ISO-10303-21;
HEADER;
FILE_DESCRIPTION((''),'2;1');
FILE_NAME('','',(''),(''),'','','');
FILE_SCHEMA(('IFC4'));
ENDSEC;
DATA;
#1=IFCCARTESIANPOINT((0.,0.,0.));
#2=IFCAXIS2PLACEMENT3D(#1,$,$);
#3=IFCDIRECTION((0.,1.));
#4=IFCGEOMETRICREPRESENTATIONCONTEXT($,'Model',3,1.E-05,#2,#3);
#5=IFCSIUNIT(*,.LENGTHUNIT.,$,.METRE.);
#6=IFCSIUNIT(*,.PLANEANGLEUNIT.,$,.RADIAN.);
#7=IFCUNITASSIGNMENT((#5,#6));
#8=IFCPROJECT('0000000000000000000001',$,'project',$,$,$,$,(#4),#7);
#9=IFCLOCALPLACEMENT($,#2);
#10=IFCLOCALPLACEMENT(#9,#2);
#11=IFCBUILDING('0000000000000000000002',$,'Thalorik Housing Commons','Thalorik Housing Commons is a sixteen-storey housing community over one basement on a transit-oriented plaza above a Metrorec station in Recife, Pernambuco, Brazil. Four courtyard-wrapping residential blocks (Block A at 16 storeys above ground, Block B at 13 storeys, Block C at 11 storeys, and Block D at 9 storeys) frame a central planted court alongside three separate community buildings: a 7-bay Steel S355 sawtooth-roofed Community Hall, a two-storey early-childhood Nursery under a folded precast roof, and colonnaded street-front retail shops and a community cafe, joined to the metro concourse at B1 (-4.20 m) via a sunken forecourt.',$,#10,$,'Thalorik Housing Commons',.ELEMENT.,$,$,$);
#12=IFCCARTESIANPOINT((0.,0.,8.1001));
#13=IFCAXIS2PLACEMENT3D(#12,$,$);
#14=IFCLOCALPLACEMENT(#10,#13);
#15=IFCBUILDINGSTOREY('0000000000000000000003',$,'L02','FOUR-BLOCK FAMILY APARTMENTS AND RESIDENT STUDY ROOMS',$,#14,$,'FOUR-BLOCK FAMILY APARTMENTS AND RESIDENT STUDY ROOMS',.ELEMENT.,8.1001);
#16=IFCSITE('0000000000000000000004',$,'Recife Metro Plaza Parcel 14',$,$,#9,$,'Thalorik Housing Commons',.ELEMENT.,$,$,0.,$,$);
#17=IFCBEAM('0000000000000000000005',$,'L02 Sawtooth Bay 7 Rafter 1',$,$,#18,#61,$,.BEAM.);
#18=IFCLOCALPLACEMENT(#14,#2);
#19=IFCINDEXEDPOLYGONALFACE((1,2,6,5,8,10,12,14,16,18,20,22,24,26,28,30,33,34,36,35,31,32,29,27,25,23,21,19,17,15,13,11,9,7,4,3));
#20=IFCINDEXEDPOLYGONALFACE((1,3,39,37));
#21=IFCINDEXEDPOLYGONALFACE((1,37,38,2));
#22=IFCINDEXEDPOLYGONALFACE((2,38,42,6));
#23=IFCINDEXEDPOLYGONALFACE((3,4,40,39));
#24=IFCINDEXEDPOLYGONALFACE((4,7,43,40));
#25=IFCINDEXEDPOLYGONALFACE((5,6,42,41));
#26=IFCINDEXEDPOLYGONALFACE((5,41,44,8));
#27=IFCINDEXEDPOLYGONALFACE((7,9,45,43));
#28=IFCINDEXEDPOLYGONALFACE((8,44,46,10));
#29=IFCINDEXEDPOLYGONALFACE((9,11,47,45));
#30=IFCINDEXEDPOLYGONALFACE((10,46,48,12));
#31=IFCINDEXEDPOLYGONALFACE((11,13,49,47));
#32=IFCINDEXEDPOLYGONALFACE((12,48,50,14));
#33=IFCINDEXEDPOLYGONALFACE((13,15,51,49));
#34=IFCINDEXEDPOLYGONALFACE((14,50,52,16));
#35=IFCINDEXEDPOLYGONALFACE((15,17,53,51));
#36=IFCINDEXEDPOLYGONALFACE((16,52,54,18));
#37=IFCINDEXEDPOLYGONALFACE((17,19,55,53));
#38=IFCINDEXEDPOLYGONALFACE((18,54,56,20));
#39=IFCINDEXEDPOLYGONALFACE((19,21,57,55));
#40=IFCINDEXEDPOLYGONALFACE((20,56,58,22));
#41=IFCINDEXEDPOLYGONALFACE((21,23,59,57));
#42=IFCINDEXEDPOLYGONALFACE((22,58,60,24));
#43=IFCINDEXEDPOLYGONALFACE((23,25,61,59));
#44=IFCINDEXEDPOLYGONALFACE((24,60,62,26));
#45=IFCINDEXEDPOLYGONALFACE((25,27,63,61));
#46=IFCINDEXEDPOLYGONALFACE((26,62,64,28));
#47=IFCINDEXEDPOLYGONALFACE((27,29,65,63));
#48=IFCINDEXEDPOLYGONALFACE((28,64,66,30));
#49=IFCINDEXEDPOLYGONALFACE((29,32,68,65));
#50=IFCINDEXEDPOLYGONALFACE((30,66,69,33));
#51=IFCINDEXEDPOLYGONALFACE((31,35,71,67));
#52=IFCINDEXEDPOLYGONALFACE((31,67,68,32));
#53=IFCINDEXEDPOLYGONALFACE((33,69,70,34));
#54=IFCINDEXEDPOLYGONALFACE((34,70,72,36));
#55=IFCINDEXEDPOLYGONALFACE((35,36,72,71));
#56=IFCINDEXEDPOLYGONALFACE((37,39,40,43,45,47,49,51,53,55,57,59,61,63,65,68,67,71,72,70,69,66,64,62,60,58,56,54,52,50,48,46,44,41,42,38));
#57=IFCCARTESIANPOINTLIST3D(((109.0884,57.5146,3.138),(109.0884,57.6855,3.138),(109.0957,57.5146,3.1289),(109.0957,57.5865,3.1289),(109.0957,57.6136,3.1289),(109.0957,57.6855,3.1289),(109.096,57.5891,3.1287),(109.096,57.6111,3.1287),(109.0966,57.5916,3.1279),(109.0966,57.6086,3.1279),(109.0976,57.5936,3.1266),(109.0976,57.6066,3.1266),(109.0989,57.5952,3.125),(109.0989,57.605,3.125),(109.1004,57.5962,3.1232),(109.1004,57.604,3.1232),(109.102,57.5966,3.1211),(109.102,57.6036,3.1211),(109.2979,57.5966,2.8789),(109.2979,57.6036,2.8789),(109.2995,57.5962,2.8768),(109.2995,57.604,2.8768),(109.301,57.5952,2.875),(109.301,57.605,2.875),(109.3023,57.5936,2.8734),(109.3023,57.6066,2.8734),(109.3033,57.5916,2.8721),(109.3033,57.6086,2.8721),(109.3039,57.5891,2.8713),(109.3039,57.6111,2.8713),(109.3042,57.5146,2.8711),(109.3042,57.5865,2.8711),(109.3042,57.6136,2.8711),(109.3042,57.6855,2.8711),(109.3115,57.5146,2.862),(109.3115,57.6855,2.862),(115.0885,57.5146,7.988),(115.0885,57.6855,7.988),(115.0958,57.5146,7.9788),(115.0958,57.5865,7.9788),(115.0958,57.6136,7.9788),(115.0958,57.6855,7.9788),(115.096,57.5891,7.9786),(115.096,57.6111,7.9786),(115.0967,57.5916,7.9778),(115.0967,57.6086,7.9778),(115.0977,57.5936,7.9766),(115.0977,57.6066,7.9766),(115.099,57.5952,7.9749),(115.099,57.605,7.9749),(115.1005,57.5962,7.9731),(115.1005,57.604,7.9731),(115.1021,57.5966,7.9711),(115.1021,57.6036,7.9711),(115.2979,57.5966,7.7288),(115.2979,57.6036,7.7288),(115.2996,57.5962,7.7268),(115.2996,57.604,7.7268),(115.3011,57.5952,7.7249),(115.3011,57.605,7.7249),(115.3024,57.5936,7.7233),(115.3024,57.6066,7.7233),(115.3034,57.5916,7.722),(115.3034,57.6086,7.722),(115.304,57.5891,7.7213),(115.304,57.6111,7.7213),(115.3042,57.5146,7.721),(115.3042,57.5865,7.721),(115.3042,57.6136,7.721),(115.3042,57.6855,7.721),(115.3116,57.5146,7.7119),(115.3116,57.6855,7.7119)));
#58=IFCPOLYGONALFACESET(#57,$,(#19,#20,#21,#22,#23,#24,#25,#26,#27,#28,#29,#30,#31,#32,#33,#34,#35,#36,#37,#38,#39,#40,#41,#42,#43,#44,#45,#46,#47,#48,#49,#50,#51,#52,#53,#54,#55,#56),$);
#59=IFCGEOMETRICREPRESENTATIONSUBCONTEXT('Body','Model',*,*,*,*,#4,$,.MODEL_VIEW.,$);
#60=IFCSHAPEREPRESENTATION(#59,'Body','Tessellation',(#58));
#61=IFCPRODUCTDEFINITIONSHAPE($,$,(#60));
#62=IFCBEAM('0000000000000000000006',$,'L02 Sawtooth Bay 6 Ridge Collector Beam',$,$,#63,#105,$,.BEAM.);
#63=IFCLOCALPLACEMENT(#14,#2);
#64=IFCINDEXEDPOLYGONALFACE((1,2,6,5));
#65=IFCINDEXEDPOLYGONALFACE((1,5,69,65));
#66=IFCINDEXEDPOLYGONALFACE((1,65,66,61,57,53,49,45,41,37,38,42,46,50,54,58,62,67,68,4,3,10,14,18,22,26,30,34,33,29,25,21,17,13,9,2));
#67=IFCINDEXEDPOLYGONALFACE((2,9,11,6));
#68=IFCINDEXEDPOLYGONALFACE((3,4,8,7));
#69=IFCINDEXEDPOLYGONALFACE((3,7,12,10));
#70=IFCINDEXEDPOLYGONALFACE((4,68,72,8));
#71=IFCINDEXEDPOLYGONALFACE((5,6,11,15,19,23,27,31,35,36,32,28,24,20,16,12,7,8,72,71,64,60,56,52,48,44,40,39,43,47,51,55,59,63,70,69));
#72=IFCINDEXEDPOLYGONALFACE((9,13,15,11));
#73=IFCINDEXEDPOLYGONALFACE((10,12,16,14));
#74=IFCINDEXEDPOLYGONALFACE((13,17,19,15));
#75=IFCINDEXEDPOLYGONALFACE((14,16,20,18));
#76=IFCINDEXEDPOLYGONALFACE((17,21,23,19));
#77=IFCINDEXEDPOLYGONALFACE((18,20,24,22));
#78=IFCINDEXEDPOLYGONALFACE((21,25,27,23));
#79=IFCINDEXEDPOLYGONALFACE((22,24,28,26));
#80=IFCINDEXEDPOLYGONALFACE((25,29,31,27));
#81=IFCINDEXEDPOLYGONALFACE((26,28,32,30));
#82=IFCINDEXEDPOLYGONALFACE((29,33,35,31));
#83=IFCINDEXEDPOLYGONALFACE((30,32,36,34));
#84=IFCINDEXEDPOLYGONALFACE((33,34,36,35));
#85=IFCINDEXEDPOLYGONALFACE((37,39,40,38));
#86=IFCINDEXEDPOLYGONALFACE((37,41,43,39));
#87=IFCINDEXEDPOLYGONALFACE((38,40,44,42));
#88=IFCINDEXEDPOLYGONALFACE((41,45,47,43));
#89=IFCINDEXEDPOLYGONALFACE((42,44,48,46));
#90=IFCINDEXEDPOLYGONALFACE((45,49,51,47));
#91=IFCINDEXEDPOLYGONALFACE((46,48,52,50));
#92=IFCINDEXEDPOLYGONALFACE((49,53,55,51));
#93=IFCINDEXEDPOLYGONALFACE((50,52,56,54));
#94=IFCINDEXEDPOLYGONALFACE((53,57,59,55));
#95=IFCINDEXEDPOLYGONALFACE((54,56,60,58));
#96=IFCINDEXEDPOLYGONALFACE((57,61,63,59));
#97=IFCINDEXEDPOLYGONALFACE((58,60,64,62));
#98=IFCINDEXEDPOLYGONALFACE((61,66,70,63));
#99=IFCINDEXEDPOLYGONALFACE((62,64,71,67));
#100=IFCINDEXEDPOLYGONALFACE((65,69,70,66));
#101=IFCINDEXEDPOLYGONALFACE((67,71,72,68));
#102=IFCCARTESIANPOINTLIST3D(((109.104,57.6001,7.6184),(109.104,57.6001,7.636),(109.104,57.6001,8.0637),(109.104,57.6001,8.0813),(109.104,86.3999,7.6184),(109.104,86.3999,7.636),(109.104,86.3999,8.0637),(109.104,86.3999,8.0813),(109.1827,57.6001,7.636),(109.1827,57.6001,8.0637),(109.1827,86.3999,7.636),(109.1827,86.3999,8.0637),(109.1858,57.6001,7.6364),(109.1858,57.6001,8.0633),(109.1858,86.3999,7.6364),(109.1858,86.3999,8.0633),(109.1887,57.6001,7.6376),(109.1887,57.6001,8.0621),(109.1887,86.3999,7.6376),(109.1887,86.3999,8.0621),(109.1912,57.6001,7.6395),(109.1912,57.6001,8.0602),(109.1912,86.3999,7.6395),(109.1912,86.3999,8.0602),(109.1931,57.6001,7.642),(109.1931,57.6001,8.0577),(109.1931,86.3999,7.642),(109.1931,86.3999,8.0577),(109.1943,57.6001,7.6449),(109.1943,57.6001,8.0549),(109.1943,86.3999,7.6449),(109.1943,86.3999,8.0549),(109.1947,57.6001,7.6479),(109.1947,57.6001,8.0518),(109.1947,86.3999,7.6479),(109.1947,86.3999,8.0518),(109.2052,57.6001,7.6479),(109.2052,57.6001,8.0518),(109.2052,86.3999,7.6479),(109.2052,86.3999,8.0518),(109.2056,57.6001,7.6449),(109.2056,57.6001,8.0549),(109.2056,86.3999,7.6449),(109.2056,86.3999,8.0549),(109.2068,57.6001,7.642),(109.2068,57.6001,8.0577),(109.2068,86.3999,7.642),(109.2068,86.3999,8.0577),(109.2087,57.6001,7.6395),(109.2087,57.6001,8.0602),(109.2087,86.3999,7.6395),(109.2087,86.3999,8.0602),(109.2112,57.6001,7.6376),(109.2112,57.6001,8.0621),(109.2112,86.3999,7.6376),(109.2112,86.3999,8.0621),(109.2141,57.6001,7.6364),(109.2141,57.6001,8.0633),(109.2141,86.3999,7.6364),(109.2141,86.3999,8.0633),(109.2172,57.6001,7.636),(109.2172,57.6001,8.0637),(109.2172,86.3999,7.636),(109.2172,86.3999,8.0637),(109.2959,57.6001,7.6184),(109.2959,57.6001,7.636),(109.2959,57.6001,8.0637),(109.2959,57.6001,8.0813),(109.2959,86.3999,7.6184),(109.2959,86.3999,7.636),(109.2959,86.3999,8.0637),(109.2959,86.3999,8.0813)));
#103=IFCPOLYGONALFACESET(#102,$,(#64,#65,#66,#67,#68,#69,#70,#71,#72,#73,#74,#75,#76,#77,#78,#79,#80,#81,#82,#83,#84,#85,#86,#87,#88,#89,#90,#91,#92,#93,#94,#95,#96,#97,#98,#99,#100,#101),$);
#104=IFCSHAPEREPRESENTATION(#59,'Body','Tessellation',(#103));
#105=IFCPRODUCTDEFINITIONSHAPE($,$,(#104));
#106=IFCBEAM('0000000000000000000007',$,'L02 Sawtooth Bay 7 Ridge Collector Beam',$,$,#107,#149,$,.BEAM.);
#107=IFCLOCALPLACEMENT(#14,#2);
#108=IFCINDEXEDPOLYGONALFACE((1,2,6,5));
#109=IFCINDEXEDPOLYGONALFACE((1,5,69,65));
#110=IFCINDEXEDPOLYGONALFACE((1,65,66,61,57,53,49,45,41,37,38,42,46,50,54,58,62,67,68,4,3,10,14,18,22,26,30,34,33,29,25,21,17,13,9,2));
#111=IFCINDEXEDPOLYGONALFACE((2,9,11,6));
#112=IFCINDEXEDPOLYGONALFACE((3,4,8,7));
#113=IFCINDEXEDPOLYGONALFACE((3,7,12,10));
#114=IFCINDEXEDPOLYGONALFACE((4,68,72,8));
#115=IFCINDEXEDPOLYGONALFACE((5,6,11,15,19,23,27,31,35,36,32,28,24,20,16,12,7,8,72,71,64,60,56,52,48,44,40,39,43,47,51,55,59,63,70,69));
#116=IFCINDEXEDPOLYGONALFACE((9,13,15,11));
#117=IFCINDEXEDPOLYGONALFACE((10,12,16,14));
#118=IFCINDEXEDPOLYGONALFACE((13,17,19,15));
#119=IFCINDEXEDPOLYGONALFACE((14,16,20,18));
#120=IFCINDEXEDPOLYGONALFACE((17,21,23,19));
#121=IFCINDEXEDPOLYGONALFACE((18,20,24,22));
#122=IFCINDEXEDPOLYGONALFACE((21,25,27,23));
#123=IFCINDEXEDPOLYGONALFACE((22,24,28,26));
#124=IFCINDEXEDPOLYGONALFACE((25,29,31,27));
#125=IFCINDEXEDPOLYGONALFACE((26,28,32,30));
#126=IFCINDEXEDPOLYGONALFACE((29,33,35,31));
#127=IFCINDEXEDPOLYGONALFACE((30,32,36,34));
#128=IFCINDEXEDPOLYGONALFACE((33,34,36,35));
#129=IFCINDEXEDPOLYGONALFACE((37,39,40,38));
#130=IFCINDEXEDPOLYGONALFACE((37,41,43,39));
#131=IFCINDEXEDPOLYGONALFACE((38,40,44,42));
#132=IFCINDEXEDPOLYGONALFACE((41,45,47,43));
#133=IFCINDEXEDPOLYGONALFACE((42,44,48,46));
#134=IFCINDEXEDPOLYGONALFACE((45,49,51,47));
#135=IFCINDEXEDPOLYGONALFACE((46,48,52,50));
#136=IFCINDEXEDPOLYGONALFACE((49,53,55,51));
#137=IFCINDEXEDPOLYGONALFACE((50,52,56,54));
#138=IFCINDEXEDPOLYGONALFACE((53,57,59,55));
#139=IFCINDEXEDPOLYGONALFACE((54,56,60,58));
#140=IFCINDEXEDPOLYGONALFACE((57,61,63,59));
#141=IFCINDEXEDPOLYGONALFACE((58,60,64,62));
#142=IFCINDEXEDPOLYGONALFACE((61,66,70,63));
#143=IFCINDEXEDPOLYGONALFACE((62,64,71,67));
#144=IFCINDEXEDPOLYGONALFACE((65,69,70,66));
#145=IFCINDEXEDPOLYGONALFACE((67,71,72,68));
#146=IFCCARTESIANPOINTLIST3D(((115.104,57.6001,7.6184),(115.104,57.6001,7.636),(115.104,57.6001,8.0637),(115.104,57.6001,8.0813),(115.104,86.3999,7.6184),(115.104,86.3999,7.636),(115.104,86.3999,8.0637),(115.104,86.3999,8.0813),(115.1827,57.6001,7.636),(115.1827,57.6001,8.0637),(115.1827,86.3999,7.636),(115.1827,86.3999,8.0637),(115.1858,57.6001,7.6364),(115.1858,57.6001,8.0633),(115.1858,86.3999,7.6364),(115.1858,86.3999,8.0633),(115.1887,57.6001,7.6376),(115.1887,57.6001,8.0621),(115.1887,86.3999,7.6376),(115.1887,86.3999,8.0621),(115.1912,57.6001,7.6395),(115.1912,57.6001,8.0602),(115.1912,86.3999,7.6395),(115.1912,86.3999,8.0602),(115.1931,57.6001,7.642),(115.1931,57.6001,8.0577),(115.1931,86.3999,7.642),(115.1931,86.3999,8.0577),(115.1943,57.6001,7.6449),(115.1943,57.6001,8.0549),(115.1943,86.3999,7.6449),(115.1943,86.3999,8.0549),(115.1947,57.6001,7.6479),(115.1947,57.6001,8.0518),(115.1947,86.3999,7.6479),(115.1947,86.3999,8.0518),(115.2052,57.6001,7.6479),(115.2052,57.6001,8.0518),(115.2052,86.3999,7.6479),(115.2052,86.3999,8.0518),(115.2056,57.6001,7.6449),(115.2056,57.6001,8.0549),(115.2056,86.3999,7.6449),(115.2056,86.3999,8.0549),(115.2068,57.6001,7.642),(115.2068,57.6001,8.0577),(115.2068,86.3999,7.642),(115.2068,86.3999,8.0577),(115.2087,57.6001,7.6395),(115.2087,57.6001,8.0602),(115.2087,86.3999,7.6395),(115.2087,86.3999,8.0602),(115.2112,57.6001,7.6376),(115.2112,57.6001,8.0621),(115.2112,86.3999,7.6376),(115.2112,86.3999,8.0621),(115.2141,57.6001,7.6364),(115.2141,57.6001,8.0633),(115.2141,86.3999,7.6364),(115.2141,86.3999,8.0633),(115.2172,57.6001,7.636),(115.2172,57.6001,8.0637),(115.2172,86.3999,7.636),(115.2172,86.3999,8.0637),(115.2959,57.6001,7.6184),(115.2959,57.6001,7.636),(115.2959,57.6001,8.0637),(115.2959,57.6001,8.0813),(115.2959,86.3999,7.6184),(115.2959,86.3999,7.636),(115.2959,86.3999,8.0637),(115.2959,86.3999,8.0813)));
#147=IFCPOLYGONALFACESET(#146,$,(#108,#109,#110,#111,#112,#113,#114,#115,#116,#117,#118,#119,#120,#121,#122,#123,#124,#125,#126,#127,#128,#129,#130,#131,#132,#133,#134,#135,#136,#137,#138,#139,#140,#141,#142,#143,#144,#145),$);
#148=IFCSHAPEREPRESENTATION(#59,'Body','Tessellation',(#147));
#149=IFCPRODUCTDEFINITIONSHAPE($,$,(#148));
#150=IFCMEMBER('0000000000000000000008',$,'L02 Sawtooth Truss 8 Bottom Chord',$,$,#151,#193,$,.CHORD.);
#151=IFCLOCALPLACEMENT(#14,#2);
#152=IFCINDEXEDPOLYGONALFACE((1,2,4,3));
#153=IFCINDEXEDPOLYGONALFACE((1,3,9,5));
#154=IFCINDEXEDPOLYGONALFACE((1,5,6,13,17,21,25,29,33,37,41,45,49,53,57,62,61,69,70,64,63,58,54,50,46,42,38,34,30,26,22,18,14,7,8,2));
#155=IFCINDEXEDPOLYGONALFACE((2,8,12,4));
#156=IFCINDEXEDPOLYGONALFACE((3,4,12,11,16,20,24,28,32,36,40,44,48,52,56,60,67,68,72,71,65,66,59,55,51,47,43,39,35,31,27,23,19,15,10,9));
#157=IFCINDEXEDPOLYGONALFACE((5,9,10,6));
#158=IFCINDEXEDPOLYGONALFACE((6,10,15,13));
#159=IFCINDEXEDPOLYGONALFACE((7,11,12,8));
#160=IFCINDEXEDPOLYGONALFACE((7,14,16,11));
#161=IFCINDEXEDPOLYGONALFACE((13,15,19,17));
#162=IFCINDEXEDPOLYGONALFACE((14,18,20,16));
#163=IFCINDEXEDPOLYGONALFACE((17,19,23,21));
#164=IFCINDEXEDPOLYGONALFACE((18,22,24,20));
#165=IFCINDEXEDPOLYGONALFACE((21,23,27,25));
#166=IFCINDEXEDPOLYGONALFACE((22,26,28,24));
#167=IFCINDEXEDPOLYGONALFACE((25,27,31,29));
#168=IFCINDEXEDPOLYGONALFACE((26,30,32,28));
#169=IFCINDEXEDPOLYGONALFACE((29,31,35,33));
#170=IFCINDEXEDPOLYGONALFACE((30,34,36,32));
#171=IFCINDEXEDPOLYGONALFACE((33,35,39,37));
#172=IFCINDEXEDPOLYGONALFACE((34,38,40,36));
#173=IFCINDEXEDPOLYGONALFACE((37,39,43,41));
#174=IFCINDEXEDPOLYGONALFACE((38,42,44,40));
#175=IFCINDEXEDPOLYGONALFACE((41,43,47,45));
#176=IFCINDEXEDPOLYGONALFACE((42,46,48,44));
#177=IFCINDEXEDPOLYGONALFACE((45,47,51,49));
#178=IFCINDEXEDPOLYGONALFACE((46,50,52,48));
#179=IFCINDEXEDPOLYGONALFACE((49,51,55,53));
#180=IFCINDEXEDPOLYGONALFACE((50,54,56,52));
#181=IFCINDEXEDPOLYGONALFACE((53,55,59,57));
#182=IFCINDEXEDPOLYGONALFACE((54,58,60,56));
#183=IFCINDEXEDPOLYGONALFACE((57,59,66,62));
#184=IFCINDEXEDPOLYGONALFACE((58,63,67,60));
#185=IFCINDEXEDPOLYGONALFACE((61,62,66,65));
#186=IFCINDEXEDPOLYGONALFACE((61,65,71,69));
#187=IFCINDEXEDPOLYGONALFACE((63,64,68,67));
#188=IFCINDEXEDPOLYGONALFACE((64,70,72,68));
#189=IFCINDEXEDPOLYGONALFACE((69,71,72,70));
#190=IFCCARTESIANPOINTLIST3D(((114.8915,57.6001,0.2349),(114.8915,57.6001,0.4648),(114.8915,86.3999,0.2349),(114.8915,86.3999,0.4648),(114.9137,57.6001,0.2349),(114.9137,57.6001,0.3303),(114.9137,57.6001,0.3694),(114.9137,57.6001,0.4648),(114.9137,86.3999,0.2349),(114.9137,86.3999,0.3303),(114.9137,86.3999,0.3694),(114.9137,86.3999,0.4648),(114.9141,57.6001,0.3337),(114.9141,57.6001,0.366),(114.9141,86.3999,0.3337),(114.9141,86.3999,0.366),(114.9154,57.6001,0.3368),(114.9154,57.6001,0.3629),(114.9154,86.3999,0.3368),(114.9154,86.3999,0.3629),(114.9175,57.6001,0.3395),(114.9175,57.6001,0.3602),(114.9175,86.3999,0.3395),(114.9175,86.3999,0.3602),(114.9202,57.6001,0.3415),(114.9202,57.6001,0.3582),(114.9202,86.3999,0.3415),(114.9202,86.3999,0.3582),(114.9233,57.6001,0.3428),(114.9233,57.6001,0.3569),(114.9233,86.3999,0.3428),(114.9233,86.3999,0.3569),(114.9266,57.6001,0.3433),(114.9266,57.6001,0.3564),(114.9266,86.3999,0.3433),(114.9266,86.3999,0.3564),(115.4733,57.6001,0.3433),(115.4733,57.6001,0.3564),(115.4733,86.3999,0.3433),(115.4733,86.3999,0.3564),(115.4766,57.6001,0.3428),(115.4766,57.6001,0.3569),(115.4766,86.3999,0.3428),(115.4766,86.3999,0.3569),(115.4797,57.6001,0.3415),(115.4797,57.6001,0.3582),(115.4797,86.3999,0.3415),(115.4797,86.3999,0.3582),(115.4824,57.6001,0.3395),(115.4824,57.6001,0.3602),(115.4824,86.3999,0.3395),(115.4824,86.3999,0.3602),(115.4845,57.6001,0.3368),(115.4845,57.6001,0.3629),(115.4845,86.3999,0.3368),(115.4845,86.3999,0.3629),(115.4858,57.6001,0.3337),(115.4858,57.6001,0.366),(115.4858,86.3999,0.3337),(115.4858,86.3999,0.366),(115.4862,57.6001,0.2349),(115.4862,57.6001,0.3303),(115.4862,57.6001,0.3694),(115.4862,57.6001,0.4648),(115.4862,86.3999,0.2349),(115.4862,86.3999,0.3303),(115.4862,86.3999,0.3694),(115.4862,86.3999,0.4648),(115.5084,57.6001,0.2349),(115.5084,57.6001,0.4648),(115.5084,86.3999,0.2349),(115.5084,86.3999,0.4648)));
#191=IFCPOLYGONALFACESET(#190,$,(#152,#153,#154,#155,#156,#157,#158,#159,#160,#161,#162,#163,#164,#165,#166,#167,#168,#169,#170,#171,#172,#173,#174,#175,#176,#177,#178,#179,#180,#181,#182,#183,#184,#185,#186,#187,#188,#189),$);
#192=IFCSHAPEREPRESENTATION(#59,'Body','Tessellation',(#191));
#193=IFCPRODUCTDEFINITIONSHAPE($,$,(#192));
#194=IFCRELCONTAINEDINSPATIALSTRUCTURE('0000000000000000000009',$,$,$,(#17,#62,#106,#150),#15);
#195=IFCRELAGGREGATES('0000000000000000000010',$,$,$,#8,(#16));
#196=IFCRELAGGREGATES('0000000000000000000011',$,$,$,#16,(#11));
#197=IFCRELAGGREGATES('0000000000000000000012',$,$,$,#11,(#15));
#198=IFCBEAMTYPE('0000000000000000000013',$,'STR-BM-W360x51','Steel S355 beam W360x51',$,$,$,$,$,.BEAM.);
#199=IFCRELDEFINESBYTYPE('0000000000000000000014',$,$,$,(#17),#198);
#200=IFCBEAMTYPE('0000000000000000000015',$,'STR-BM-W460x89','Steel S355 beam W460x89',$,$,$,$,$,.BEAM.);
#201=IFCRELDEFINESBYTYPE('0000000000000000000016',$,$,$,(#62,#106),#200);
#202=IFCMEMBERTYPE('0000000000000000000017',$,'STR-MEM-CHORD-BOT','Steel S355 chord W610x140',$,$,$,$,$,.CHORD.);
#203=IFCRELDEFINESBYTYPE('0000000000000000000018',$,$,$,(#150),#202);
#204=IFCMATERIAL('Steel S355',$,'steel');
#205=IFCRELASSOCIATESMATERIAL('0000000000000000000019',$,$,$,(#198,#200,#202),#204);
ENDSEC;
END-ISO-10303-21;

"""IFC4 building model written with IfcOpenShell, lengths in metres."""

from ifc_helpers import new_model, si_unit, direction, frame, origin, origin_2d, place, context, subcontext, project, spatial, i_section, extrude, material, material_profile, profile_set, type_object, element, save


model = new_model("IFC4")

# Units and contexts
model_context = context("Model", 3, precision=1e-05, world=origin(), true_north=direction((0.0, 1.0)))
body_context = subcontext(model_context, "Body", "Model", "MODEL_VIEW")
ifc_project = project(units=[si_unit("LENGTHUNIT", "METRE"), si_unit("PLANEANGLEUNIT", "RADIAN")], contexts=[model_context])

# Site, building, storey
site_placement = place(None, origin())
site = spatial("IfcSite", under=ifc_project, at=site_placement, Name="Recife Metro Plaza Parcel 14", LongName="Thalorik Housing Commons", CompositionType="ELEMENT", RefElevation=0.0)
building_placement = place(site_placement, origin())
building = spatial("IfcBuilding", under=site, at=building_placement, Name="Thalorik Housing Commons", Description="Thalorik Housing Commons is a sixteen-storey housing community over one basement on a transit-oriented plaza above a Metrorec station in Recife, Pernambuco, Brazil. Four courtyard-wrapping residential blocks (Block A at 16 storeys above ground, Block B at 13 storeys, Block C at 11 storeys, and Block D at 9 storeys) frame a central planted court alongside three separate community buildings: a 7-bay Steel S355 sawtooth-roofed Community Hall, a two-storey early-childhood Nursery under a folded precast roof, and colonnaded street-front retail shops and a community cafe, joined to the metro concourse at B1 (-4.20 m) via a sunken forecourt.", LongName="Thalorik Housing Commons", CompositionType="ELEMENT")
storey_placement = place(building_placement, frame((0.0, 0.0, 8.1001)))
storey = spatial("IfcBuildingStorey", under=building, at=storey_placement, Name="L02", Description="FOUR-BLOCK FAMILY APARTMENTS AND RESIDENT STUDY ROOMS", LongName="FOUR-BLOCK FAMILY APARTMENTS AND RESIDENT STUDY ROOMS", CompositionType="ELEMENT", Elevation=8.1001)

# Shared definitions
ifc_material_1 = material(Name="Steel S355", Category="steel")

# Beams
ifc_material_profile_1 = material_profile(ifc_material_1, i_section(OverallWidth=0.1709, OverallDepth=0.355, WebThickness=0.0071, FlangeThickness=0.0117, FilletRadius=0.01, at=origin_2d()), Name="W360x51", Category="steel")
ifc_profile_set_1 = profile_set([ifc_material_profile_1], Name="Steel S355")
beam_type_1 = type_object("IfcBeamType", Name="STR-BM-W360x51", Description="Steel S355 beam W360x51", PredefinedType="BEAM", material=ifc_profile_set_1)
beam_placement = place(storey_placement, frame((109.2, 57.6001, 3.0), z_axis=(0.777707, 0.0, 0.628627), x_axis=(0.0, 1.0, 0.0)))
element("IfcBeam", 1, at=beam_placement, inside=storey, type_object=beam_type_1, Name="L02 Sawtooth Bay 7 Rafter 1", PredefinedType="BEAM", context=body_context, shape_type="SweptSolid", body=[
    extrude(i_section(OverallWidth=0.1709, OverallDepth=0.355, WebThickness=0.0071, FlangeThickness=0.0117, FilletRadius=0.01, at=origin_2d()), origin(), (0.0, 0.0, 1.0), 7.7151),
])
ifc_material_profile_2 = material_profile(ifc_material_1, i_section(OverallWidth=0.1919, OverallDepth=0.4629, WebThickness=0.0105, FlangeThickness=0.0176, FilletRadius=0.012, at=origin_2d()), Name="W460x89", Category="steel")
ifc_profile_set_2 = profile_set([ifc_material_profile_2], Name="Steel S355")
beam_type_2 = type_object("IfcBeamType", Name="STR-BM-W460x89", Description="Steel S355 beam W460x89", PredefinedType="BEAM", material=ifc_profile_set_2)
for number, where, z_axis, x_axis, name in (
    (2, (109.2, 57.6001, 7.8499), (0.0, 1.0, 0.0), (-1.0, 0.0, 0.0), "L02 Sawtooth Bay 6 Ridge Collector Beam"),
    (3, (115.2, 57.6001, 7.8499), (0.0, 1.0, 0.0), (-1.0, 0.0, 0.0), "L02 Sawtooth Bay 7 Ridge Collector Beam"),
):
    element("IfcBeam", number, at=place(storey_placement, frame(where, z_axis=z_axis, x_axis=x_axis)), inside=storey, type_object=beam_type_2, Name=name, PredefinedType="BEAM", context=body_context, shape_type="SweptSolid", body=[
        extrude(i_section(OverallWidth=0.1919, OverallDepth=0.4629, WebThickness=0.0105, FlangeThickness=0.0176, FilletRadius=0.012, at=origin_2d()), origin(), (0.0, 0.0, 1.0), 28.7998),
    ])

# Member
ifc_material_profile_3 = material_profile(ifc_material_1, i_section(OverallWidth=0.23, OverallDepth=0.6169, WebThickness=0.0132, FlangeThickness=0.0222, FilletRadius=0.0129, at=origin_2d()), Name="W610x140", Category="steel")
ifc_profile_set_3 = profile_set([ifc_material_profile_3], Name="Steel S355")
member_type_1 = type_object("IfcMemberType", Name="STR-MEM-CHORD-BOT", Description="Steel S355 chord W610x140", PredefinedType="CHORD", material=ifc_profile_set_3)
member_1_placement = place(storey_placement, frame((115.2, 57.6001, 0.3499), z_axis=(0.0, 1.0, 0.0), x_axis=(0.0, 0.0, 1.0)))
element("IfcMember", 4, at=member_1_placement, inside=storey, type_object=member_type_1, Name="L02 Sawtooth Truss 8 Bottom Chord", PredefinedType="CHORD", context=body_context, shape_type="SweptSolid", body=[
    extrude(i_section(OverallWidth=0.23, OverallDepth=0.6169, WebThickness=0.0132, FlangeThickness=0.0222, FilletRadius=0.0129, at=origin_2d()), origin(), (0.0, 0.0, 1.0), 28.7998),
])

save(model, "model.ifc")
